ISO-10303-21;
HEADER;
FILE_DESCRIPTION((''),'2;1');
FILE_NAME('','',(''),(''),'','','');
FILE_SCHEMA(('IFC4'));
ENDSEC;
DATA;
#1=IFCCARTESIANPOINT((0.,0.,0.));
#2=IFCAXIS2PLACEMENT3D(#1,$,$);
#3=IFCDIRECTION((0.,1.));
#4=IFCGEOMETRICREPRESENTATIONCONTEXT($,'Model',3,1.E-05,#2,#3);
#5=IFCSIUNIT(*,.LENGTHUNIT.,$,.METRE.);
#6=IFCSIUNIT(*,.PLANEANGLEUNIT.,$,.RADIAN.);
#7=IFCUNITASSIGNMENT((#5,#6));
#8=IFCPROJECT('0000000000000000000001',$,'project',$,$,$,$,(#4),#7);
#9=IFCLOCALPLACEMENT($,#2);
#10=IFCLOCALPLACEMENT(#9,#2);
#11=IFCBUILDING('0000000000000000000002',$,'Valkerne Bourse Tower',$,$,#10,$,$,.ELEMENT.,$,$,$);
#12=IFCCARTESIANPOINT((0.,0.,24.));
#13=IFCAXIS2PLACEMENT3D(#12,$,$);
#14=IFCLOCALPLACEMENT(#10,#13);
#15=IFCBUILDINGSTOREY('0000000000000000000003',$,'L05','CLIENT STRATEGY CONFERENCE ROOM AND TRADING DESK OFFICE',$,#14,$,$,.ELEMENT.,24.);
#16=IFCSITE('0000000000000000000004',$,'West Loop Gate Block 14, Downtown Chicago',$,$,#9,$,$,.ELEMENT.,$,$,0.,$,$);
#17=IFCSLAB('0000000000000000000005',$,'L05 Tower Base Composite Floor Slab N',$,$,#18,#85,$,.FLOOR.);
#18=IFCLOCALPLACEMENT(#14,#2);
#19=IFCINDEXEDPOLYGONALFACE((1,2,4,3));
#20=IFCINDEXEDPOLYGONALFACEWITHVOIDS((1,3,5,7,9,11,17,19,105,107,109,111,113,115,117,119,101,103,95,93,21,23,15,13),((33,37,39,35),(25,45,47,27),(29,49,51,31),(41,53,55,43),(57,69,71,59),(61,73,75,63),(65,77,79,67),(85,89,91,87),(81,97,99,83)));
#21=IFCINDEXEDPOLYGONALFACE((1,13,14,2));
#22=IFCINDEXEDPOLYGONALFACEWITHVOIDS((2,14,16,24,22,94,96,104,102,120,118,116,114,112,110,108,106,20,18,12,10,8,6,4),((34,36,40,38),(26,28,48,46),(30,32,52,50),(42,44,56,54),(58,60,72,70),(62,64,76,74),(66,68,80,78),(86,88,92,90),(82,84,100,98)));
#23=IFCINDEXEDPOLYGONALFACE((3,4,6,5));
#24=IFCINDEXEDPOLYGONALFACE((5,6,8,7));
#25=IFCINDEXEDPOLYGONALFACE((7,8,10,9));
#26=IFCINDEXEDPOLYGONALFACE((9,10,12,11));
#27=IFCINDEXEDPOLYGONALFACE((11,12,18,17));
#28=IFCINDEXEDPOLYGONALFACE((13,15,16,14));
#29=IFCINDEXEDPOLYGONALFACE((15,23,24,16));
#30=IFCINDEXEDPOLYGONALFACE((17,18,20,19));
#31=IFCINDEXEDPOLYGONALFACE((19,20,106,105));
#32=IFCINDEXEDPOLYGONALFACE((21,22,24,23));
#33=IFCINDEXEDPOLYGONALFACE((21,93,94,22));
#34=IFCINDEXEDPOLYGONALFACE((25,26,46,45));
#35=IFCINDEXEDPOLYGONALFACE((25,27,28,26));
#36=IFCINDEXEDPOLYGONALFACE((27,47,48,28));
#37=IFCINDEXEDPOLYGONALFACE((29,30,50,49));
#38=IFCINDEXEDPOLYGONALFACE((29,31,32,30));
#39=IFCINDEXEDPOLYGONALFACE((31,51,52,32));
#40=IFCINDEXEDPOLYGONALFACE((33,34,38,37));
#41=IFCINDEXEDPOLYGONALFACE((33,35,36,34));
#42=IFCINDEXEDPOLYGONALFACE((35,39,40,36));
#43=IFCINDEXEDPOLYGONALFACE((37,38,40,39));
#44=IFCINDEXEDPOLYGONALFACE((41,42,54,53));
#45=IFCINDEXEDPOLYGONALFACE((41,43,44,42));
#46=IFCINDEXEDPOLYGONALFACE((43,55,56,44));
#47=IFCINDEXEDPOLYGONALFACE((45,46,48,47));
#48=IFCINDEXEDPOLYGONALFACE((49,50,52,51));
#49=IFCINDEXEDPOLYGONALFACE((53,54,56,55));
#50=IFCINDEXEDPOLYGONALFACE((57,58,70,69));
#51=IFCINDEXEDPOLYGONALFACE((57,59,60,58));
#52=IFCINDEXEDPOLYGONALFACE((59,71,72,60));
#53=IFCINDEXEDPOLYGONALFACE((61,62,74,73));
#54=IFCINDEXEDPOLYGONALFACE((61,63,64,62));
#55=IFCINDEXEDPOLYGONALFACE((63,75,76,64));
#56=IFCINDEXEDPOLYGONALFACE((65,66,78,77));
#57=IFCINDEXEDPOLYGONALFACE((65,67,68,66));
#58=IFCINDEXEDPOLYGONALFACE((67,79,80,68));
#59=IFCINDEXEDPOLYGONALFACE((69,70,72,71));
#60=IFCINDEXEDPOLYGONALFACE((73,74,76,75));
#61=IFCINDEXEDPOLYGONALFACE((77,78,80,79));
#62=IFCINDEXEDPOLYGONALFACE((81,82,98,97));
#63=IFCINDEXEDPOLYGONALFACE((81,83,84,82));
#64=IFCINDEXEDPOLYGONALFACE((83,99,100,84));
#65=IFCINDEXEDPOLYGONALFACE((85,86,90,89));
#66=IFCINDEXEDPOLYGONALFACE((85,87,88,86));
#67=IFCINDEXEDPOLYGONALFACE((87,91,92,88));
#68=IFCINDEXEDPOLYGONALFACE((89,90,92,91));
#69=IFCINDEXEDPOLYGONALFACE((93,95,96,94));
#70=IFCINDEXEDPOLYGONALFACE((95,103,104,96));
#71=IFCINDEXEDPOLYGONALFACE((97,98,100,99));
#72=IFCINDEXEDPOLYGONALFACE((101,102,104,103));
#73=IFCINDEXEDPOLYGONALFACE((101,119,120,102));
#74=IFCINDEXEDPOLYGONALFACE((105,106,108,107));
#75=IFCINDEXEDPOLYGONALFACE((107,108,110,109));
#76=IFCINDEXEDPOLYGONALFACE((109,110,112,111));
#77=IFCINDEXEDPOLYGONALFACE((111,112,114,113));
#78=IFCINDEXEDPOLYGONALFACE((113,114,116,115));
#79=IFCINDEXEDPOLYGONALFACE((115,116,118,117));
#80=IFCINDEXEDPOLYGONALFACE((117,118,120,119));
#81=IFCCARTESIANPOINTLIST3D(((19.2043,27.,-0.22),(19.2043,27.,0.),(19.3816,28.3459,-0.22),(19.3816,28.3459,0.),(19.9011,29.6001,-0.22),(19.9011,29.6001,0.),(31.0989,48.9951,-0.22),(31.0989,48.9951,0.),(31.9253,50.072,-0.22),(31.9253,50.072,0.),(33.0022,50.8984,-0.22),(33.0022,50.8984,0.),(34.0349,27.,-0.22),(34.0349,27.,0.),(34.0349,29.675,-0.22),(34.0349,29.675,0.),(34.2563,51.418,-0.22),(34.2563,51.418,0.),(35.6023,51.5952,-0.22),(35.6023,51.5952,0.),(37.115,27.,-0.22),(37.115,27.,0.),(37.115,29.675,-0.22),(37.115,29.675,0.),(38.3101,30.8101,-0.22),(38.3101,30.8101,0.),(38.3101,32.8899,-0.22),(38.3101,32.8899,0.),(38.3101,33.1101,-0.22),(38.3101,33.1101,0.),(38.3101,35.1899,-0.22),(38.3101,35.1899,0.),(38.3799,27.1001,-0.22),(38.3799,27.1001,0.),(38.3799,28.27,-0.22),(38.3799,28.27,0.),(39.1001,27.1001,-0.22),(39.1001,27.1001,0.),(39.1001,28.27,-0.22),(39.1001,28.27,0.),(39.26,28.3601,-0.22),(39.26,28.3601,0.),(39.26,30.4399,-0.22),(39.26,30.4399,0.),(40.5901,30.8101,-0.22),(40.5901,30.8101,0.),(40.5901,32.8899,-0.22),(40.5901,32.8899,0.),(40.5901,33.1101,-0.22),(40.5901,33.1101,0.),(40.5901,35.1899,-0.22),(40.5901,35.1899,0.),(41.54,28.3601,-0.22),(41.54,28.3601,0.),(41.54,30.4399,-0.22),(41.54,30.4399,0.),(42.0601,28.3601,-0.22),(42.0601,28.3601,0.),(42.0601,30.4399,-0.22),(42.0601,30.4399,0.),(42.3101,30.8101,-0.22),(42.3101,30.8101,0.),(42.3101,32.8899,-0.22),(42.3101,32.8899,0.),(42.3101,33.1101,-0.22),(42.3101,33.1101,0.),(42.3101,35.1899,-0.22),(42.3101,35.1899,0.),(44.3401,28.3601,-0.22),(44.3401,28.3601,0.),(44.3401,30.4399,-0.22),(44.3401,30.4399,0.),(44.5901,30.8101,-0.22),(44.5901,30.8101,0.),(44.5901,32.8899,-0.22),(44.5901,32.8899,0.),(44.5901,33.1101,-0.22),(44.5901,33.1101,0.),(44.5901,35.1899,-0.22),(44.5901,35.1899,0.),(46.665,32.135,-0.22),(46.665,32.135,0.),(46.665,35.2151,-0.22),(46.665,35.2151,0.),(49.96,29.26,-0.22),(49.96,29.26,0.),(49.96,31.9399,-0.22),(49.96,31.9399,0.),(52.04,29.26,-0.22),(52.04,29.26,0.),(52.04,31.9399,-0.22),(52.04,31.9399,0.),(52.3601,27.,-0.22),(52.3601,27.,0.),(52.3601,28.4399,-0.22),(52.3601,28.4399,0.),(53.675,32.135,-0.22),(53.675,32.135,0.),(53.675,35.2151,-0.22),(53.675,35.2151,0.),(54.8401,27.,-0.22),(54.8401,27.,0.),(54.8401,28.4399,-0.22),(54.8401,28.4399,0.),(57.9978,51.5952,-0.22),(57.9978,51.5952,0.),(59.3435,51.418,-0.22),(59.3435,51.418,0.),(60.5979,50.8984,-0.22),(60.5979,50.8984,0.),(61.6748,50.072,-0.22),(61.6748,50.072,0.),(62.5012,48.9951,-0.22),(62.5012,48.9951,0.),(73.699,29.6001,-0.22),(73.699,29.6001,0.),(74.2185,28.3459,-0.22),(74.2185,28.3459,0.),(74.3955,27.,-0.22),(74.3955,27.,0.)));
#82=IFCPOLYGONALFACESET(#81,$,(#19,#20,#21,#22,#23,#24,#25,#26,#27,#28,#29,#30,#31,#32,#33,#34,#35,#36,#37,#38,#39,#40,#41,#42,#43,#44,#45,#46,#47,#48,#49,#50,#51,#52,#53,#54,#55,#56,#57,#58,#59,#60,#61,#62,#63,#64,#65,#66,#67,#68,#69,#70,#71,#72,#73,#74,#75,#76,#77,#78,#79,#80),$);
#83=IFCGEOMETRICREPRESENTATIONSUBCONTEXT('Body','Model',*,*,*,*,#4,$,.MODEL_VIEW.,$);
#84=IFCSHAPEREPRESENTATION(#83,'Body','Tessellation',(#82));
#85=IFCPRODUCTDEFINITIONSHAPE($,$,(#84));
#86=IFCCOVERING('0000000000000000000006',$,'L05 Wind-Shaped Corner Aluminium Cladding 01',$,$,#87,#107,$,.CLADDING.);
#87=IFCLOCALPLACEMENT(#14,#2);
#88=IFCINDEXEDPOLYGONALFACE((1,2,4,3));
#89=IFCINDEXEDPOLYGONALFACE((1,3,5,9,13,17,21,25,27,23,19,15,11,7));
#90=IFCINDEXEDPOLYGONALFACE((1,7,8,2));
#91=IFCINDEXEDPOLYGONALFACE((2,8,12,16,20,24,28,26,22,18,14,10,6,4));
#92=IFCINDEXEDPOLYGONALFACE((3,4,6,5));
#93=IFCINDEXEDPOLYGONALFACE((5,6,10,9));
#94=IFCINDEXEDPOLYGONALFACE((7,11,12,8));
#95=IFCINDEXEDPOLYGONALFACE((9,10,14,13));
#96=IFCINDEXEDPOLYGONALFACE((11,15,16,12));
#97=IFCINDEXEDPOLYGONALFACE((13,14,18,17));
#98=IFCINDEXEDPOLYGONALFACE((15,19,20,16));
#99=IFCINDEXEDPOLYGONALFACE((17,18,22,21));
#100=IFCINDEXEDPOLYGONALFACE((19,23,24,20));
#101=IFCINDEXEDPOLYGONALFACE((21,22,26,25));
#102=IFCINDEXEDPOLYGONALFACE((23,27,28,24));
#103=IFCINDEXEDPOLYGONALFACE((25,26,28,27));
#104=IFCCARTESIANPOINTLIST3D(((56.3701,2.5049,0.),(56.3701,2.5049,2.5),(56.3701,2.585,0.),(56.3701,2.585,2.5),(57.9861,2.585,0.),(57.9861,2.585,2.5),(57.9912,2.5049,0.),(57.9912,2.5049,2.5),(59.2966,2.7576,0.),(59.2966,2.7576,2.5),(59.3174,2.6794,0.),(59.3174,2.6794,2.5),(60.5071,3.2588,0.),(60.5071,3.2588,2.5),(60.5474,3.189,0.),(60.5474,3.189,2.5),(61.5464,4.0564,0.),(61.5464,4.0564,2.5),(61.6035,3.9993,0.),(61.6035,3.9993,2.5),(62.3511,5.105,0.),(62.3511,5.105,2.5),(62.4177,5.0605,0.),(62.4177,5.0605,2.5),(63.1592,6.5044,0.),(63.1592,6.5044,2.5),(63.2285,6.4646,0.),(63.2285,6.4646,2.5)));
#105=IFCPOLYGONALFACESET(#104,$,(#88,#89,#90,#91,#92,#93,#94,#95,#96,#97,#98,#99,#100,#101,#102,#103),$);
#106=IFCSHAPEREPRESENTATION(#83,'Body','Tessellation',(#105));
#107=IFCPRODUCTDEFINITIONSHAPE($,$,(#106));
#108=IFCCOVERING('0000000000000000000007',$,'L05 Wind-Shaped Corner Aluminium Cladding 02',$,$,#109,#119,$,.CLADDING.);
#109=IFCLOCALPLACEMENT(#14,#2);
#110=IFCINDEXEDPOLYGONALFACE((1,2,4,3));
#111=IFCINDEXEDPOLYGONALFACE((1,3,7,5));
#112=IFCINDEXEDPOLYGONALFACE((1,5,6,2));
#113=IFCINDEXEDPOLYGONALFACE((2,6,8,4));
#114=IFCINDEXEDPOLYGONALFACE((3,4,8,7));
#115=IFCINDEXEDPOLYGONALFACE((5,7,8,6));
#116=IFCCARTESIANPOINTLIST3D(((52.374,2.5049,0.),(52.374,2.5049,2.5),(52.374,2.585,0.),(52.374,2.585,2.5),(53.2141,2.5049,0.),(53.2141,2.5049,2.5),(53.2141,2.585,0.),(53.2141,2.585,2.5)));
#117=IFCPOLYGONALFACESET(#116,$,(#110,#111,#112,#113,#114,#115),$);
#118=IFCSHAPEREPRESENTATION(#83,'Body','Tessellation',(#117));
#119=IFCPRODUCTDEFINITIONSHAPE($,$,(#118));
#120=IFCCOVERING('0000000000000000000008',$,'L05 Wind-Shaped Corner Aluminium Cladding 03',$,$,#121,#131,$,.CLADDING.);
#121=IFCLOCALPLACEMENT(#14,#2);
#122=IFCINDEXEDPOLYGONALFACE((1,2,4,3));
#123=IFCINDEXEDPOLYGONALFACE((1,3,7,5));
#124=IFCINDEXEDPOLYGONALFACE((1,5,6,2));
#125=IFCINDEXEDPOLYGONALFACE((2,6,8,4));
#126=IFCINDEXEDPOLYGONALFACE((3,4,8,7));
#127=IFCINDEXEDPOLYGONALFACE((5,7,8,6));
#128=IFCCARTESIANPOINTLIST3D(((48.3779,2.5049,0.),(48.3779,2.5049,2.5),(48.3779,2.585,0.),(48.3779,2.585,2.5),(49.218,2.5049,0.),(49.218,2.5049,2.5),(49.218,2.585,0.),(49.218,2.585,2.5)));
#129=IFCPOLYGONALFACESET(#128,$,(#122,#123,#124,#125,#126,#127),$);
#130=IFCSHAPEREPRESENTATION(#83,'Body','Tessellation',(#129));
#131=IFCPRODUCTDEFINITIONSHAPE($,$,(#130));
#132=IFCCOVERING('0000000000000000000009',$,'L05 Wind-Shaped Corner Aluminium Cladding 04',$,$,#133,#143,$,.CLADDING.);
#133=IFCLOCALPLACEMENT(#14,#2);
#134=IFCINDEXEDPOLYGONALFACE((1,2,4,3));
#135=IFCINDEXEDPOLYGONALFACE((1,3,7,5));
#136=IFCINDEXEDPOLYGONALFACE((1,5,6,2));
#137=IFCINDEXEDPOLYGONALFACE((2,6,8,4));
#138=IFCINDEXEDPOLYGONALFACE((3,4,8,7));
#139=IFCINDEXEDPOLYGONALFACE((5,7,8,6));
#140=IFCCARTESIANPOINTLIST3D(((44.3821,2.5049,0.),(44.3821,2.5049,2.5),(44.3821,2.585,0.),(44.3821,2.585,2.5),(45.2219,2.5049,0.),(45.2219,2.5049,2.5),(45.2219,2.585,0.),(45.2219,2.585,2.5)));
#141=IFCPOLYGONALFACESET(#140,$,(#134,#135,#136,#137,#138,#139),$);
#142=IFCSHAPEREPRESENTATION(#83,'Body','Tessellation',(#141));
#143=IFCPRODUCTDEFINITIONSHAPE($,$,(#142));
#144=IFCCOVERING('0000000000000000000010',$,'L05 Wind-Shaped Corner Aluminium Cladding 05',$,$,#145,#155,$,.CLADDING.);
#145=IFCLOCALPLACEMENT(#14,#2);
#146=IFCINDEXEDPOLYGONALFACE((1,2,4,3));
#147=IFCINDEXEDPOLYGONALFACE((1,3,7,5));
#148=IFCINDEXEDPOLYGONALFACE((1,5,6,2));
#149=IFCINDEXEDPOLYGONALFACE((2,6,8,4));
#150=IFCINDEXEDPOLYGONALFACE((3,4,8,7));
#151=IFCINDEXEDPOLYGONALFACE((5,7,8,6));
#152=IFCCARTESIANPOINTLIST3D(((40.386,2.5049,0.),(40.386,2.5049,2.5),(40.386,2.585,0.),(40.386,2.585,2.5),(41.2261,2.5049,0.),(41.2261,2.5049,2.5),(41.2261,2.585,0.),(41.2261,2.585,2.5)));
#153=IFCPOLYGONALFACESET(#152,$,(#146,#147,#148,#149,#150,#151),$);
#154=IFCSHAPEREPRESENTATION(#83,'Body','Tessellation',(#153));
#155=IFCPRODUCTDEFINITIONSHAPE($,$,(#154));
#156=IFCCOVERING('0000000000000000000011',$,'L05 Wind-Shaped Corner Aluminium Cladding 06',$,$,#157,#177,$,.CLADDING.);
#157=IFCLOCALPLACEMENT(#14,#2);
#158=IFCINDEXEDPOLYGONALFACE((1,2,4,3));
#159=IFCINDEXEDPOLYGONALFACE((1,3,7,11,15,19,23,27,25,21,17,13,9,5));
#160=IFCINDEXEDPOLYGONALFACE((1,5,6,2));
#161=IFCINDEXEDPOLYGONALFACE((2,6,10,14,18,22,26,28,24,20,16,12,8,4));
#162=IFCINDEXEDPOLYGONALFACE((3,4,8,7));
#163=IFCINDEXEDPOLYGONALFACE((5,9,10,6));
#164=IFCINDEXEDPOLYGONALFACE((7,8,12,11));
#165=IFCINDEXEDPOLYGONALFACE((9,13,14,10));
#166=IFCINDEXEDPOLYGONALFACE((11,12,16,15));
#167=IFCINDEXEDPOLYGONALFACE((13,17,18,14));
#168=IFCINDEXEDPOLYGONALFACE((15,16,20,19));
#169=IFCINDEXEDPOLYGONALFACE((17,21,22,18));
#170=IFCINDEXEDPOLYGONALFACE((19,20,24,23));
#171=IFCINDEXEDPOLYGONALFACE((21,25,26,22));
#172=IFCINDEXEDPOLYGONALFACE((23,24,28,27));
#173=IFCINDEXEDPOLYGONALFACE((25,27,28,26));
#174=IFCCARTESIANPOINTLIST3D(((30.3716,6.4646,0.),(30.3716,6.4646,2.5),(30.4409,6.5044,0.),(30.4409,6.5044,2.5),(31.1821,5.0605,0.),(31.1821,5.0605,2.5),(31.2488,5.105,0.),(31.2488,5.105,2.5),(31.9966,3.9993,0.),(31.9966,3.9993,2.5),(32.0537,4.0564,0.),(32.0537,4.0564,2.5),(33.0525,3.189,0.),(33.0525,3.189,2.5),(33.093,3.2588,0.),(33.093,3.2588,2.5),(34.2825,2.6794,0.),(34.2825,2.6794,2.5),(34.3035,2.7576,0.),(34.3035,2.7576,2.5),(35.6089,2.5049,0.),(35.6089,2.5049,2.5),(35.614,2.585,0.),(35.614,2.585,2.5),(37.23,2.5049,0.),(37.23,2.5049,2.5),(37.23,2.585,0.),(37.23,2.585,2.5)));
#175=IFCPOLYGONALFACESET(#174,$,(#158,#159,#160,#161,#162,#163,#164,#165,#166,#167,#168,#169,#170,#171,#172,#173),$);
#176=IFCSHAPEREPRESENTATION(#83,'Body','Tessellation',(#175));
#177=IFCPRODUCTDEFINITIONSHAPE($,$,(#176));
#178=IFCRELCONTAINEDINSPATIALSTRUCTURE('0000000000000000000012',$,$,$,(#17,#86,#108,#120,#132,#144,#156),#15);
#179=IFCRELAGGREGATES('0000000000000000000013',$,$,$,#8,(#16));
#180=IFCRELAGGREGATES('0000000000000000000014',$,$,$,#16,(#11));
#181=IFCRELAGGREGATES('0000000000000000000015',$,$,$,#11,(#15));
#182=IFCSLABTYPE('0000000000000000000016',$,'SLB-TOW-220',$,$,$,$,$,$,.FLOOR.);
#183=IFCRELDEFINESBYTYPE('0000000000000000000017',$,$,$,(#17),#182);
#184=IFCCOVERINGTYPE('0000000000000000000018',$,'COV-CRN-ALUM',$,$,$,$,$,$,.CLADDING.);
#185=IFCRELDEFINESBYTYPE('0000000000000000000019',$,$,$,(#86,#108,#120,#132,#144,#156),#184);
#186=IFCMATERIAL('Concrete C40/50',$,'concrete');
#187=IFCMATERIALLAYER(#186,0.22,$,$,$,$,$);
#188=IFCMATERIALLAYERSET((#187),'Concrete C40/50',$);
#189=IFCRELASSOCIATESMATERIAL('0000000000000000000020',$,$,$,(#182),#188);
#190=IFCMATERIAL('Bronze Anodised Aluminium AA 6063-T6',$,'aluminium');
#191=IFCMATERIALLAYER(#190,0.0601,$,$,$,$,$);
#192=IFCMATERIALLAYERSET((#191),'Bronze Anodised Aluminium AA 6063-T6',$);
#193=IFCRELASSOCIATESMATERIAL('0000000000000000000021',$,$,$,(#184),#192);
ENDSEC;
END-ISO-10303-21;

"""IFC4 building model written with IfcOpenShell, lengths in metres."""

from ifc_helpers import new_model, si_unit, direction, frame, origin, place, context, subcontext, project, spatial, polyline, outline, extrude, material, layer, layer_set, type_object, element, save


model = new_model("IFC4")

# Units and contexts
model_context = context("Model", 3, precision=1e-05, world=origin(), true_north=direction((0.0, 1.0)))
body_context = subcontext(model_context, "Body", "Model", "MODEL_VIEW")
ifc_project = project(units=[si_unit("LENGTHUNIT", "METRE"), si_unit("PLANEANGLEUNIT", "RADIAN")], contexts=[model_context])

# Site, building, storey
site_placement = place(None, origin())
site = spatial("IfcSite", under=ifc_project, at=site_placement, Name="West Loop Gate Block 14, Downtown Chicago", CompositionType="ELEMENT", RefElevation=0.0)
building_placement = place(site_placement, origin())
building = spatial("IfcBuilding", under=site, at=building_placement, Name="Valkerne Bourse Tower", CompositionType="ELEMENT")
storey_placement = place(building_placement, frame((0.0, 0.0, 24.0)))
storey = spatial("IfcBuildingStorey", under=building, at=storey_placement, Name="L05", Description="CLIENT STRATEGY CONFERENCE ROOM AND TRADING DESK OFFICE", CompositionType="ELEMENT", Elevation=24.0)

# Shared definitions
ifc_material_1 = material(Name="Concrete C40/50", Category="concrete")

# Slab
ifc_layer_1 = layer(ifc_material_1, 0.22)
ifc_layer_set_1 = layer_set([ifc_layer_1], Name="Concrete C40/50")
slab_type_1 = type_object("IfcSlabType", Name="SLB-TOW-220", PredefinedType="FLOOR", material=ifc_layer_set_1)
slab_1_placement = place(storey_placement, frame((0.0, 0.0, -0.22)))
element("IfcSlab", 1, at=slab_1_placement, inside=storey, type_object=slab_type_1, Name="L05 Tower Base Composite Floor Slab N", PredefinedType="FLOOR", context=body_context, shape_type="SweptSolid", body=[
    extrude(outline(polyline([(19.3816, 28.3459), (19.9011, 29.6001), (31.0989, 48.9951), (31.9253, 50.072), (33.0022, 50.8984), (34.2563, 51.418), (35.6023, 51.5952), (57.9978, 51.5952), (59.3435, 51.418), (60.5979, 50.8984), (61.6748, 50.072), (62.5012, 48.9951), (73.699, 29.6001), (74.2185, 28.3459), (74.3955, 27.0), (54.8401, 27.0), (54.8401, 28.4399), (52.3601, 28.4399), (52.3601, 27.0), (37.115, 27.0), (37.115, 29.675), (34.0349, 29.675), (34.0349, 27.0), (19.2043, 27.0), (19.3816, 28.3459)]), holes=[polyline([(39.1001, 27.1001), (39.1001, 28.27), (38.3799, 28.27), (38.3799, 27.1001), (39.1001, 27.1001)]), polyline([(41.54, 30.4399), (39.26, 30.4399), (39.26, 28.3601), (41.54, 28.3601), (41.54, 30.4399)]), polyline([(40.5901, 30.8101), (40.5901, 32.8899), (38.3101, 32.8899), (38.3101, 30.8101), (40.5901, 30.8101)]), polyline([(40.5901, 35.1899), (38.3101, 35.1899), (38.3101, 33.1101), (40.5901, 33.1101), (40.5901, 35.1899)]), polyline([(44.3401, 28.3601), (44.3401, 30.4399), (42.0601, 30.4399), (42.0601, 28.3601), (44.3401, 28.3601)]), polyline([(52.04, 29.26), (52.04, 31.9399), (49.96, 31.9399), (49.96, 29.26), (52.04, 29.26)]), polyline([(44.5901, 32.8899), (42.3101, 32.8899), (42.3101, 30.8101), (44.5901, 30.8101), (44.5901, 32.8899)]), polyline([(53.675, 32.135), (53.675, 35.2151), (46.665, 35.2151), (46.665, 32.135), (53.675, 32.135)]), polyline([(44.5901, 33.1101), (44.5901, 35.1899), (42.3101, 35.1899), (42.3101, 33.1101), (44.5901, 33.1101)])]), origin(), (0.0, 0.0, 1.0), 0.22),
])

# Coverings
ifc_material_2 = material(Name="Bronze Anodised Aluminium AA 6063-T6", Category="aluminium")
ifc_layer_2 = layer(ifc_material_2, 0.0601)
ifc_layer_set_2 = layer_set([ifc_layer_2], Name="Bronze Anodised Aluminium AA 6063-T6")
covering_type = type_object("IfcCoveringType", Name="COV-CRN-ALUM", PredefinedType="CLADDING", material=ifc_layer_set_2)
covering_1_placement = place(storey_placement, origin())
element("IfcCovering", 2, at=covering_1_placement, inside=storey, type_object=covering_type, Name="L05 Wind-Shaped Corner Aluminium Cladding 01", PredefinedType="CLADDING", context=body_context, shape_type="SweptSolid", body=[
    extrude(outline(polyline([(61.6035, 3.9993), (60.5474, 3.189), (59.3174, 2.6794), (57.9912, 2.5049), (56.3701, 2.5049), (56.3701, 2.585), (57.9861, 2.585), (59.2966, 2.7576), (60.5071, 3.2588), (61.5464, 4.0564), (62.3511, 5.105), (63.1592, 6.5044), (63.2285, 6.4646), (62.4177, 5.0605), (61.6035, 3.9993)])), origin(), (0.0, 0.0, 1.0), 2.5),
])
covering_2_placement = place(storey_placement, origin())
element("IfcCovering", 3, at=covering_2_placement, inside=storey, type_object=covering_type, Name="L05 Wind-Shaped Corner Aluminium Cladding 02", PredefinedType="CLADDING", context=body_context, shape_type="SweptSolid", body=[
    extrude(outline(polyline([(52.374, 2.5049), (52.374, 2.585), (53.2141, 2.585), (53.2141, 2.5049), (52.374, 2.5049)])), origin(), (0.0, 0.0, 1.0), 2.5),
])
covering_3_placement = place(storey_placement, origin())
element("IfcCovering", 4, at=covering_3_placement, inside=storey, type_object=covering_type, Name="L05 Wind-Shaped Corner Aluminium Cladding 03", PredefinedType="CLADDING", context=body_context, shape_type="SweptSolid", body=[
    extrude(outline(polyline([(48.3779, 2.5049), (48.3779, 2.585), (49.218, 2.585), (49.218, 2.5049), (48.3779, 2.5049)])), origin(), (0.0, 0.0, 1.0), 2.5),
])
covering_4_placement = place(storey_placement, origin())
element("IfcCovering", 5, at=covering_4_placement, inside=storey, type_object=covering_type, Name="L05 Wind-Shaped Corner Aluminium Cladding 04", PredefinedType="CLADDING", context=body_context, shape_type="SweptSolid", body=[
    extrude(outline(polyline([(44.3821, 2.5049), (44.3821, 2.585), (45.2219, 2.585), (45.2219, 2.5049), (44.3821, 2.5049)])), origin(), (0.0, 0.0, 1.0), 2.5),
])
covering_5_placement = place(storey_placement, origin())
element("IfcCovering", 6, at=covering_5_placement, inside=storey, type_object=covering_type, Name="L05 Wind-Shaped Corner Aluminium Cladding 05", PredefinedType="CLADDING", context=body_context, shape_type="SweptSolid", body=[
    extrude(outline(polyline([(40.386, 2.5049), (40.386, 2.585), (41.2261, 2.585), (41.2261, 2.5049), (40.386, 2.5049)])), origin(), (0.0, 0.0, 1.0), 2.5),
])
covering_6_placement = place(storey_placement, origin())
element("IfcCovering", 7, at=covering_6_placement, inside=storey, type_object=covering_type, Name="L05 Wind-Shaped Corner Aluminium Cladding 06", PredefinedType="CLADDING", context=body_context, shape_type="SweptSolid", body=[
    extrude(outline(polyline([(35.6089, 2.5049), (34.2825, 2.6794), (33.0525, 3.189), (31.9966, 3.9993), (31.1821, 5.0605), (30.3716, 6.4646), (30.4409, 6.5044), (31.2488, 5.105), (32.0537, 4.0564), (33.093, 3.2588), (34.3035, 2.7576), (35.614, 2.585), (37.23, 2.585), (37.23, 2.5049), (35.6089, 2.5049)])), origin(), (0.0, 0.0, 1.0), 2.5),
])

save(model, "model.ifc")
